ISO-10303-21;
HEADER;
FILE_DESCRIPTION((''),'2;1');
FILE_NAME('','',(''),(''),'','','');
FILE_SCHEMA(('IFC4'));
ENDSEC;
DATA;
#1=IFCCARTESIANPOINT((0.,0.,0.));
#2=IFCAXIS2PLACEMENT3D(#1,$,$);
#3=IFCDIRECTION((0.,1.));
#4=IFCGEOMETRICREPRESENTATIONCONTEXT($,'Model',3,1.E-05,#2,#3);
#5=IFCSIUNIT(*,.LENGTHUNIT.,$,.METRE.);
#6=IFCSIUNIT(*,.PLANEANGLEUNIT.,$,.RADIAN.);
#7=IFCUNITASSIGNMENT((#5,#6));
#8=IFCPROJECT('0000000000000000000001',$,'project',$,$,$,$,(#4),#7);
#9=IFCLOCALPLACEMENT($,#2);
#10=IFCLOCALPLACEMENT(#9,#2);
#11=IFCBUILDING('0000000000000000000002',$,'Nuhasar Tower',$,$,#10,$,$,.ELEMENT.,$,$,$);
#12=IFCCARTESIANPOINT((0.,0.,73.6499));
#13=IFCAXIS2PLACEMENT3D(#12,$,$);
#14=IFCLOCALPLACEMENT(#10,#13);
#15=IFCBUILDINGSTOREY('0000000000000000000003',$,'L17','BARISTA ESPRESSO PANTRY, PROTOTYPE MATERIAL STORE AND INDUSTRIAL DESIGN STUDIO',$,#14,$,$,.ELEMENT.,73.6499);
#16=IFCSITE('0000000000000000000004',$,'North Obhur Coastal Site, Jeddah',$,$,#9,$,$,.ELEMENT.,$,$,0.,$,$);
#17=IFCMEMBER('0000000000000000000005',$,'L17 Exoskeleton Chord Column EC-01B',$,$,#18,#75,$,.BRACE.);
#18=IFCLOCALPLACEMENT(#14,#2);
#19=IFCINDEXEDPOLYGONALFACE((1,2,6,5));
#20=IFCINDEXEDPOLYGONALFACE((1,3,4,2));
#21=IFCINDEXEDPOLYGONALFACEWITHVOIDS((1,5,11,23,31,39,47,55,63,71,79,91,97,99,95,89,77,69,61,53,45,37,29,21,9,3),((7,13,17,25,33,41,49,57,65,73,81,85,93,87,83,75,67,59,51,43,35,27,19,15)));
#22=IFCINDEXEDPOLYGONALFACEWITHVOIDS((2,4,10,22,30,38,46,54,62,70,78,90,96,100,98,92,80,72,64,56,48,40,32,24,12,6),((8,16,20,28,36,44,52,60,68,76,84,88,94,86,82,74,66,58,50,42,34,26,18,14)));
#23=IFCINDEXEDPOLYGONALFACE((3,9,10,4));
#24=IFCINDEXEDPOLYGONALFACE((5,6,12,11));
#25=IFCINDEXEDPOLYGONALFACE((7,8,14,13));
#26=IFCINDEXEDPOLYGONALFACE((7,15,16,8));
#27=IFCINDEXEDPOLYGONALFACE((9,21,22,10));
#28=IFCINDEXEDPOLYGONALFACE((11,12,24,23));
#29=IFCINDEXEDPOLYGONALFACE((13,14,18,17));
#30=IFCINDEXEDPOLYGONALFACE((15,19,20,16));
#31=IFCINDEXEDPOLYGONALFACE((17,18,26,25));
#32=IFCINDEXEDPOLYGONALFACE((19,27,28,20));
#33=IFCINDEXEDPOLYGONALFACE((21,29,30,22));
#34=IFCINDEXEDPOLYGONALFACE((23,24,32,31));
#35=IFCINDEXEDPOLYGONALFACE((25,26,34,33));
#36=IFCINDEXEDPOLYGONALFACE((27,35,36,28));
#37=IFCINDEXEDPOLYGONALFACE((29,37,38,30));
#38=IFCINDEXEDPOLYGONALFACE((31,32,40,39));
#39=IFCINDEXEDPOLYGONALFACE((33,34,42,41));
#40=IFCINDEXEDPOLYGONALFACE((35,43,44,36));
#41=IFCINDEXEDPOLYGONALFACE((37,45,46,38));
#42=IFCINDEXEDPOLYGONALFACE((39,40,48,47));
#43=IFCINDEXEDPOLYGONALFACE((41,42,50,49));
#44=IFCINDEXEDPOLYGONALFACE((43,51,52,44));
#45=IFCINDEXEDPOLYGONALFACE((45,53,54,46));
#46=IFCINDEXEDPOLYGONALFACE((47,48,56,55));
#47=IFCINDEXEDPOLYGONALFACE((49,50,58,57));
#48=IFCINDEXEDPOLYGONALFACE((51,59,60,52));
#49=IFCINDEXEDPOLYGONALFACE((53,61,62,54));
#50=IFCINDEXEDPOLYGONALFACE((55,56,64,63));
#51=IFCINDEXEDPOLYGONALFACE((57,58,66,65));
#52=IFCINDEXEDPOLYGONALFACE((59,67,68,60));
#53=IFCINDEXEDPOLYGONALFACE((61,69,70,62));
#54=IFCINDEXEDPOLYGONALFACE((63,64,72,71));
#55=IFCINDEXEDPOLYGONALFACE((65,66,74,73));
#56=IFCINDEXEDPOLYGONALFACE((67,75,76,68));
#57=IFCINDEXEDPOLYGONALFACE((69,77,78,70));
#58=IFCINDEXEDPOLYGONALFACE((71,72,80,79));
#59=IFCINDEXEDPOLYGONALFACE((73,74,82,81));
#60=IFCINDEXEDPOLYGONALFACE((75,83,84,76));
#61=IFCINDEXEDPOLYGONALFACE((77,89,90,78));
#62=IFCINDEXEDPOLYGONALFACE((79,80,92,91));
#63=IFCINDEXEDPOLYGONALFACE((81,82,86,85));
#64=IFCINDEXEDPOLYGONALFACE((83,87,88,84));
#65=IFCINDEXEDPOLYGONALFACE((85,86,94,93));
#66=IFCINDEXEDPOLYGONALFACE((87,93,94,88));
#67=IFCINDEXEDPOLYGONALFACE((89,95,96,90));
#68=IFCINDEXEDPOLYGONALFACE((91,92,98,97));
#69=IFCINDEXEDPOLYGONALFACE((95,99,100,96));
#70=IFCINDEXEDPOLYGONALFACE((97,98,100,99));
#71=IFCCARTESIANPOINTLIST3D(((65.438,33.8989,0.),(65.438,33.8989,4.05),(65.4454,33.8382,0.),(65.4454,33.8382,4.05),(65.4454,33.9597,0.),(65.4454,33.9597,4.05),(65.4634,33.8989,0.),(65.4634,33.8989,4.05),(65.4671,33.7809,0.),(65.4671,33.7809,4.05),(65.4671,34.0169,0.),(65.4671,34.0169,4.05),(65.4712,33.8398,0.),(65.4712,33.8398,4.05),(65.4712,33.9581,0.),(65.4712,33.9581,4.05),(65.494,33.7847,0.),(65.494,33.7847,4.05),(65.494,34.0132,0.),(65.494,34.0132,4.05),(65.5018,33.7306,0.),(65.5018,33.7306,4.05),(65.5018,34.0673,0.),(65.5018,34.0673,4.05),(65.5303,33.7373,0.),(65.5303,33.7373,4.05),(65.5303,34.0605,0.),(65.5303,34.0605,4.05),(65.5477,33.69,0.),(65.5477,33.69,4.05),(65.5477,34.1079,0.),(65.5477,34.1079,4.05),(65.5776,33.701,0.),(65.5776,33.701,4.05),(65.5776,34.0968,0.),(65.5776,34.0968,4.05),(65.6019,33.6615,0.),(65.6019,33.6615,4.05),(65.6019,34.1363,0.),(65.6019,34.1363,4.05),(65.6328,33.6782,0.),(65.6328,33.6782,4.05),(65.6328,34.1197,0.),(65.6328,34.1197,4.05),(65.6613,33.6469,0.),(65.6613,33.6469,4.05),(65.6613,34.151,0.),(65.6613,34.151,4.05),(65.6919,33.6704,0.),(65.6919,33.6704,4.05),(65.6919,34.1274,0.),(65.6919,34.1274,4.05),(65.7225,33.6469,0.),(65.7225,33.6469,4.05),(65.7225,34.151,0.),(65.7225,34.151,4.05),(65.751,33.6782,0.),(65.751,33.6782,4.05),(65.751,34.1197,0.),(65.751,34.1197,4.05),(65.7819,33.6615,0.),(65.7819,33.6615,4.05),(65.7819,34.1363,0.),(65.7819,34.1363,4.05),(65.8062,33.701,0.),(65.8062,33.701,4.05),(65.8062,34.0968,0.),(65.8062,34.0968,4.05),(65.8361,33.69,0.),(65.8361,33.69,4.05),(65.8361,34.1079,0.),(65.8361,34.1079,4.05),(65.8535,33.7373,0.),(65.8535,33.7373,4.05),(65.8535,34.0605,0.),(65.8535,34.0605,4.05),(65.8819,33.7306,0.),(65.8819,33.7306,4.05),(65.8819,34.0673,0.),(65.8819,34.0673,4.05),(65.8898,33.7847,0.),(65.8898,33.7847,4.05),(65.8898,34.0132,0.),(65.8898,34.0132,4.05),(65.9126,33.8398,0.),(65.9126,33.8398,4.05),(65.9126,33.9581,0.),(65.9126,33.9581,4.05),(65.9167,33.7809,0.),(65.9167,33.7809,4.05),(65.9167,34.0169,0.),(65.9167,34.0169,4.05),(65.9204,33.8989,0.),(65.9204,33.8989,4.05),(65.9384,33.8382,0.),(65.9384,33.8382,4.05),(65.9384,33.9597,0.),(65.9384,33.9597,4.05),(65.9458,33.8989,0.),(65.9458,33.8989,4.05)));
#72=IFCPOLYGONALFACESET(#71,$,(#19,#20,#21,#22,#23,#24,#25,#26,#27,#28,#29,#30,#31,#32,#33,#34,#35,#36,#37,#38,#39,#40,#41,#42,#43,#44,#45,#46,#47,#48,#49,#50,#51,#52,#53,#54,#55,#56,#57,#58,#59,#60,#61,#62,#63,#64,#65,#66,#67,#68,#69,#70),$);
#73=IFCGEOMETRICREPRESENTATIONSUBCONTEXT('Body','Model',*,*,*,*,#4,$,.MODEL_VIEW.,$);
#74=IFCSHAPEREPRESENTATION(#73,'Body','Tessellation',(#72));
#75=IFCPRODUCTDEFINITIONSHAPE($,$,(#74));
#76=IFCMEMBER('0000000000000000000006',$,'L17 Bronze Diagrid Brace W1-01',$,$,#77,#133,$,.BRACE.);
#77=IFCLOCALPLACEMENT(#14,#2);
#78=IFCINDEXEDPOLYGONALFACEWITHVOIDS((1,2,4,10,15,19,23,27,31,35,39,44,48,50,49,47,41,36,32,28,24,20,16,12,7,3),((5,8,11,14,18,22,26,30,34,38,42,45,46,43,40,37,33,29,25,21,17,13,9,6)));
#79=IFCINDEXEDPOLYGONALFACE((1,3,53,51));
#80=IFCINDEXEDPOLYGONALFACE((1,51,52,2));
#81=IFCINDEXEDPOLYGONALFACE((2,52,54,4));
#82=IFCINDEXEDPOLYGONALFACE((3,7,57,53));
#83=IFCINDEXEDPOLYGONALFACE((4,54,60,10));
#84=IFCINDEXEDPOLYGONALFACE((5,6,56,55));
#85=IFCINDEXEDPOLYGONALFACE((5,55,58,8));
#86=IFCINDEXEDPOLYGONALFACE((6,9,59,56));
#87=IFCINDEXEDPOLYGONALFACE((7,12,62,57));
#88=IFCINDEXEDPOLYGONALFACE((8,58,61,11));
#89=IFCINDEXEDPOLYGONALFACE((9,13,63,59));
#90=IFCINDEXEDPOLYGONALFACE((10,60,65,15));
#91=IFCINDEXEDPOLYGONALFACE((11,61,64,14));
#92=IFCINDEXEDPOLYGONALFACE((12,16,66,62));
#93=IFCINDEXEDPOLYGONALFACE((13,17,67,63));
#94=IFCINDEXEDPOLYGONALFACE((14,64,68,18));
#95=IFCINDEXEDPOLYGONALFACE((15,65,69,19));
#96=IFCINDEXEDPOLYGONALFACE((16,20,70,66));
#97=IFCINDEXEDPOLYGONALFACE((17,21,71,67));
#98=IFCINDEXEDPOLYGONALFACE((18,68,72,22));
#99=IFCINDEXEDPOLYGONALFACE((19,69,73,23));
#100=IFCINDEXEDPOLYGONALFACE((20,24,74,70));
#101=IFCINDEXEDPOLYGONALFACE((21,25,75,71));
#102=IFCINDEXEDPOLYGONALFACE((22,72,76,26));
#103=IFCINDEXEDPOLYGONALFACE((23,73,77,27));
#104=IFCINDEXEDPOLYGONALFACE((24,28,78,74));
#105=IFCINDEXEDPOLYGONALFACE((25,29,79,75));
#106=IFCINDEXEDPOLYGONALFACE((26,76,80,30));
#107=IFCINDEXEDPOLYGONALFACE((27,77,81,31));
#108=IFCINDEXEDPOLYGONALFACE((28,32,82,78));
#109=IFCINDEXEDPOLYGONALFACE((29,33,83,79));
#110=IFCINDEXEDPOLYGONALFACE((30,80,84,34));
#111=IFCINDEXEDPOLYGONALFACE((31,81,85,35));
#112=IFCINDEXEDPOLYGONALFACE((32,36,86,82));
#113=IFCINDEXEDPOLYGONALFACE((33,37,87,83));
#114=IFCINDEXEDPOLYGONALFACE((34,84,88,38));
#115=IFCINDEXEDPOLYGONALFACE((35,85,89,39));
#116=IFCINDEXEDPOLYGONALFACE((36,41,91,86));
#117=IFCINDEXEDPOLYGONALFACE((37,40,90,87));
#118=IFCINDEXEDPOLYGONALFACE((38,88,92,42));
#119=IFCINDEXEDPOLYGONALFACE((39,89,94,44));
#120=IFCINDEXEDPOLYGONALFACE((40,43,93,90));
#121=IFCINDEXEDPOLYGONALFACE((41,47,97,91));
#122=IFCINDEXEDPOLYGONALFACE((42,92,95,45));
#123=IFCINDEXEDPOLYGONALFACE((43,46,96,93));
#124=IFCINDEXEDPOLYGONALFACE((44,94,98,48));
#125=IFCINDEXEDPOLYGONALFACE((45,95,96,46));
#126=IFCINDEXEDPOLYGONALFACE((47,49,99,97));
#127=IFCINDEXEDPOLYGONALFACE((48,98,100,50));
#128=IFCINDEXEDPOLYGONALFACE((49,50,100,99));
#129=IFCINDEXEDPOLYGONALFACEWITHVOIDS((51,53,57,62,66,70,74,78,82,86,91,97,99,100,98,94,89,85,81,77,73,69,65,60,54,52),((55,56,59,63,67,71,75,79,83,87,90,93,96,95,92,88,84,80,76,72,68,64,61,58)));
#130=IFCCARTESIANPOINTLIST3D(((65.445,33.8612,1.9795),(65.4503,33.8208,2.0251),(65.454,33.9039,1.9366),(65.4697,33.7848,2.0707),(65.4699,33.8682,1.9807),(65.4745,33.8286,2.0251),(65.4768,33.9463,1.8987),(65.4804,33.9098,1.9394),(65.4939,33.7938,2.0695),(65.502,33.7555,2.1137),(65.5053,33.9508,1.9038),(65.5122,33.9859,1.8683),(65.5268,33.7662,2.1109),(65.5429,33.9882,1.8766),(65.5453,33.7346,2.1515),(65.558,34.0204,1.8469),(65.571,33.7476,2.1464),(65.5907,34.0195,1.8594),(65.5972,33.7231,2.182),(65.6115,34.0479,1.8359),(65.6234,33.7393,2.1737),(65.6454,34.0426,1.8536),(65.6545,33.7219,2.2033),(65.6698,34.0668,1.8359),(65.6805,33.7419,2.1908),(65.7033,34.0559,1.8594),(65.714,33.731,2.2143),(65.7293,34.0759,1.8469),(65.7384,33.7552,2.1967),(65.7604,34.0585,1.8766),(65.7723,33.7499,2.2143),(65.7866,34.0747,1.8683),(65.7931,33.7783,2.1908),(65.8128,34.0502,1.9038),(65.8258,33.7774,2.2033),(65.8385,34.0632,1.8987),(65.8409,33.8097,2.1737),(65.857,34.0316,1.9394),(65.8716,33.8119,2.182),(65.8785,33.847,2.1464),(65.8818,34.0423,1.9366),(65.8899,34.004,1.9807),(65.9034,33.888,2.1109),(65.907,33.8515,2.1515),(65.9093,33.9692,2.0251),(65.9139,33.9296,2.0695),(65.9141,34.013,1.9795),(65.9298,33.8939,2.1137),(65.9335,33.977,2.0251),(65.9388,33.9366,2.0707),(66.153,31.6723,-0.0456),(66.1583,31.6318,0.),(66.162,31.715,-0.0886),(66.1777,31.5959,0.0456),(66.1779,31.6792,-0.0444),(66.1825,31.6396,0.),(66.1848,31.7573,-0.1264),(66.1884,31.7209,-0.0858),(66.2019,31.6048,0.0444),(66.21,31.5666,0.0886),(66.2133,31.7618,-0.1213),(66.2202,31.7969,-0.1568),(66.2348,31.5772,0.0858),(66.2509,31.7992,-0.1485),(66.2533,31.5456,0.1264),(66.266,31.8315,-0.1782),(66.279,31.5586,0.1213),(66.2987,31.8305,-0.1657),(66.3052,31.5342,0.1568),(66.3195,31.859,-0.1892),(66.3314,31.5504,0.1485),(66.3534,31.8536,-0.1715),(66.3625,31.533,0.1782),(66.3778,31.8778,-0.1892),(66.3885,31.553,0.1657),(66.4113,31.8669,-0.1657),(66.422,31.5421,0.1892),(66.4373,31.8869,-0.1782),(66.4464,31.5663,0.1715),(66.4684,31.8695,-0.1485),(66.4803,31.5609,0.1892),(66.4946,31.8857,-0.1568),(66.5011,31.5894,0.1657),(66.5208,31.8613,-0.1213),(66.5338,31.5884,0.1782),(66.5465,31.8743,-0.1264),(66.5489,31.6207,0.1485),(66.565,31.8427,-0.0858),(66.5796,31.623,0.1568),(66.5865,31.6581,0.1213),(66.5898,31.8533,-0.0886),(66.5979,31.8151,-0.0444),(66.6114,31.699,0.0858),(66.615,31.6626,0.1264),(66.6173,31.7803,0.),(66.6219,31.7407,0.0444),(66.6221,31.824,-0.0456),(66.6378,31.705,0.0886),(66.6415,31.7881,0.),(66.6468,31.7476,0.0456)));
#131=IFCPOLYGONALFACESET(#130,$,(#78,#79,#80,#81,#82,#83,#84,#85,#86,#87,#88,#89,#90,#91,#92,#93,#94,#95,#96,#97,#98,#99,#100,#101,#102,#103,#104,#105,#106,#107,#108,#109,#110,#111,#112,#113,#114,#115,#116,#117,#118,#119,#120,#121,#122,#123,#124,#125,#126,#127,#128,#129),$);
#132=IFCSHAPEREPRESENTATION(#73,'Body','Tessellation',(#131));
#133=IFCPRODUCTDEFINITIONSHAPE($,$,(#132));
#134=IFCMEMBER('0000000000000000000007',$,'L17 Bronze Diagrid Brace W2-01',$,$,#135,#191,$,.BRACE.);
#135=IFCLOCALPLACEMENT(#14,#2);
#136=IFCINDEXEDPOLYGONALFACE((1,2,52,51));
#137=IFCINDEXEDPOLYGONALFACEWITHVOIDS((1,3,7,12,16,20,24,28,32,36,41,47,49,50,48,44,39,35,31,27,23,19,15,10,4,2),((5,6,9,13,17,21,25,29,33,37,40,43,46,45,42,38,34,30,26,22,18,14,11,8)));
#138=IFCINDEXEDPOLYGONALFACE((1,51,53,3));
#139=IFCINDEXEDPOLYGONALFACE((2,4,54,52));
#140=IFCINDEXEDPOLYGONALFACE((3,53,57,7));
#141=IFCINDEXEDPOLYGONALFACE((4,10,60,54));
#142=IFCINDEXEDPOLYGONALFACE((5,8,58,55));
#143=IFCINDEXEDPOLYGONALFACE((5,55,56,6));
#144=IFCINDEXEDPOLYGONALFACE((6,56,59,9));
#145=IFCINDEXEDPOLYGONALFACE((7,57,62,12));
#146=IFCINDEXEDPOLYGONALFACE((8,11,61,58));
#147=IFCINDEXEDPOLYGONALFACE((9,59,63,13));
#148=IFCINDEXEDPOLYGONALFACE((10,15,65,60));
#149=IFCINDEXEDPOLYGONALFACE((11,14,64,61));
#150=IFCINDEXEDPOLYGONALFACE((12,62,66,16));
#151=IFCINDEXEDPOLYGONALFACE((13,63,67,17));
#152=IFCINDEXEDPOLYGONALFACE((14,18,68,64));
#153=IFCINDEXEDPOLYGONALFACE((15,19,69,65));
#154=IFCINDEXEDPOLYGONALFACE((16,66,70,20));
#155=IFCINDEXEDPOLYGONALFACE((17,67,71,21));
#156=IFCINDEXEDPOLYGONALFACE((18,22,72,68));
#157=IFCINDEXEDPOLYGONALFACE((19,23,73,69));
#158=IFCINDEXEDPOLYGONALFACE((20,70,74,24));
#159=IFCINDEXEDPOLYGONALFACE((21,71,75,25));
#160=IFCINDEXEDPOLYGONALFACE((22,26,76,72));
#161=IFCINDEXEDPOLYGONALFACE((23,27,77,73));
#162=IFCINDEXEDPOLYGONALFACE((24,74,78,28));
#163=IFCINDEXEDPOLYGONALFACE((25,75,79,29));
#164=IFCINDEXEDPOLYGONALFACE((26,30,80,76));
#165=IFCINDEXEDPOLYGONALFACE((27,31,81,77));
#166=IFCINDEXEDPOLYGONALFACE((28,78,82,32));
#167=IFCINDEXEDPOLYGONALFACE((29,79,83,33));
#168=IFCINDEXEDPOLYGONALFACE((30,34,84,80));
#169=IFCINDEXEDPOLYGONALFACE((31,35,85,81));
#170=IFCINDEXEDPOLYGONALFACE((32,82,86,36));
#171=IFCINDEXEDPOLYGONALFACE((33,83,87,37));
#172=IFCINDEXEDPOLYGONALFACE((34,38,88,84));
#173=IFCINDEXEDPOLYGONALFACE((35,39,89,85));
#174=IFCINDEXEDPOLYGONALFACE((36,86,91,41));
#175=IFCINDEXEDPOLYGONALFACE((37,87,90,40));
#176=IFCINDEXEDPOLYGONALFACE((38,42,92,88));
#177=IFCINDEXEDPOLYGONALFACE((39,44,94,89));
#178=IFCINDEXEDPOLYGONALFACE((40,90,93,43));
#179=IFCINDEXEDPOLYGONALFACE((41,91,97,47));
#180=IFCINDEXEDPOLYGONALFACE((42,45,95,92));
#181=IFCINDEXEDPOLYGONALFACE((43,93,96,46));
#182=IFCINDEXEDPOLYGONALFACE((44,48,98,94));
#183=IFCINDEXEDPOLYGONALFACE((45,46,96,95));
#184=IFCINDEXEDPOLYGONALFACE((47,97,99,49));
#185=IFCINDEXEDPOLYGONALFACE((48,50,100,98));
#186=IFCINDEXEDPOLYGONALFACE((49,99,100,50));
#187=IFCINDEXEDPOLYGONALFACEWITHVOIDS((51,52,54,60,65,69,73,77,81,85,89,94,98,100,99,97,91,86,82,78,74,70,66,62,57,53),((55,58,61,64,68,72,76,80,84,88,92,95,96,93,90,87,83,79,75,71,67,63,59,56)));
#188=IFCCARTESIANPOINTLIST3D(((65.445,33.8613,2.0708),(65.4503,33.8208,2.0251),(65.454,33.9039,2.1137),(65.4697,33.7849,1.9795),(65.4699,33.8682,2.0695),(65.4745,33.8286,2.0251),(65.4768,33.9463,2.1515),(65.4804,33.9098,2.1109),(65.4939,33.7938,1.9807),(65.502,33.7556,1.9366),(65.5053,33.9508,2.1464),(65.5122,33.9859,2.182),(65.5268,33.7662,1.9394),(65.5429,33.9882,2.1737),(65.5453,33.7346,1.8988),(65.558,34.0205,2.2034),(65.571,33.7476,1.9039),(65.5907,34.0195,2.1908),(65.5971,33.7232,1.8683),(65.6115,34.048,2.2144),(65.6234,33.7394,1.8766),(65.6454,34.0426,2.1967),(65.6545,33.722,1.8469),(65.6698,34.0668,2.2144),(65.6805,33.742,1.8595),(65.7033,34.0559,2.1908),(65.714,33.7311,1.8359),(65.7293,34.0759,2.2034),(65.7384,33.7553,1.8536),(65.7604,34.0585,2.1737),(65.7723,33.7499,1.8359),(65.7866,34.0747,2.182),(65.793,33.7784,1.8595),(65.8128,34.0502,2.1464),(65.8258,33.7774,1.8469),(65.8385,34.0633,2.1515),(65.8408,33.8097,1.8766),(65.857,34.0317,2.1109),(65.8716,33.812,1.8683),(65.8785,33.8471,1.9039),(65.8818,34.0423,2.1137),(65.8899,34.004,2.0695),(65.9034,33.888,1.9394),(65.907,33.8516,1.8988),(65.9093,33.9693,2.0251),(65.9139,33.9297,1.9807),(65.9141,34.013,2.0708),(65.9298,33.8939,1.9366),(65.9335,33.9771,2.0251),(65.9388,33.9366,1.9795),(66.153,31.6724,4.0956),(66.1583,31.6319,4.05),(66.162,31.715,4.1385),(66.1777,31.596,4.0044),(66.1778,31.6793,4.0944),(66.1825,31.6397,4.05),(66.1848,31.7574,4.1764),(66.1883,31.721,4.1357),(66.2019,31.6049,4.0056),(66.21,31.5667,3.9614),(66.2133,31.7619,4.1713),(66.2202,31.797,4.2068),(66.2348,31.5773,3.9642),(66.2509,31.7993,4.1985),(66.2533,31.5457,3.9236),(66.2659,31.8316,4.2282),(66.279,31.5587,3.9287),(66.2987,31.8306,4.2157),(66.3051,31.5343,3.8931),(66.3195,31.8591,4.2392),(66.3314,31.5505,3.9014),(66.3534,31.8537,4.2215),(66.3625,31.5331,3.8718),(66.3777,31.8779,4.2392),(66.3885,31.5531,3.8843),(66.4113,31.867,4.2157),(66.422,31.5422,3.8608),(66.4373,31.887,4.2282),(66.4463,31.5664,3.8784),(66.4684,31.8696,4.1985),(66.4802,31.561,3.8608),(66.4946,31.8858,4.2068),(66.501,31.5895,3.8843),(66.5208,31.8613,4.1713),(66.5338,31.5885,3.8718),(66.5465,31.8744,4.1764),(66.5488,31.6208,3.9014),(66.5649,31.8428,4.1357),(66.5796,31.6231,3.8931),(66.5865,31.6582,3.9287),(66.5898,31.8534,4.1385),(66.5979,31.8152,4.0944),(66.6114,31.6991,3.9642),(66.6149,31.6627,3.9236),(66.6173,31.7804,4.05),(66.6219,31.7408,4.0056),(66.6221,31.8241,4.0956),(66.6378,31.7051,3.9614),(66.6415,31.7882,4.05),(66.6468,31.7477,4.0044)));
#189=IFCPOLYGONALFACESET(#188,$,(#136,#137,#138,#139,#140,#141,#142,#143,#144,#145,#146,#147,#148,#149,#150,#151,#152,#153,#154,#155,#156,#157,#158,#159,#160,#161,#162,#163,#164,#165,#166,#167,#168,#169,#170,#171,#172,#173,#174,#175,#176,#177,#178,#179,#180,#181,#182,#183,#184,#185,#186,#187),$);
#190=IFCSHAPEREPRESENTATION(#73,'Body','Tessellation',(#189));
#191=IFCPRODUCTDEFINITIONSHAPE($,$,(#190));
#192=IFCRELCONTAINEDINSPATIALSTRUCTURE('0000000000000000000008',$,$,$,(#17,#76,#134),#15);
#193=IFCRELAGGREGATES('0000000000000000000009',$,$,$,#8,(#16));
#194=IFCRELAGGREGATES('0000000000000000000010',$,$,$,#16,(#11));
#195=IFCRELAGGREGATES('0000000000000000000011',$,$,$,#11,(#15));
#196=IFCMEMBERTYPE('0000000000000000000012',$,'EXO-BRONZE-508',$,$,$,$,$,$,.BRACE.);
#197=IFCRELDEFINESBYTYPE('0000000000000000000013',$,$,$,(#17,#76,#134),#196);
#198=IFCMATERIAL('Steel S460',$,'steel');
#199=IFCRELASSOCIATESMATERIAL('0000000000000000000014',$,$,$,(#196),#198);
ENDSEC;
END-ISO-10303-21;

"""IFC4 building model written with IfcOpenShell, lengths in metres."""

from ifc_helpers import new_model, si_unit, direction, frame, origin, origin_2d, place, context, subcontext, project, spatial, hollow_circle, extrude, material, material_profile, profile_set, type_object, element, save


model = new_model("IFC4")

# Units and contexts
model_context = context("Model", 3, precision=1e-05, world=origin(), true_north=direction((0.0, 1.0)))
body_context = subcontext(model_context, "Body", "Model", "MODEL_VIEW")
ifc_project = project(units=[si_unit("LENGTHUNIT", "METRE"), si_unit("PLANEANGLEUNIT", "RADIAN")], contexts=[model_context])

# Site, building, storey
site_placement = place(None, origin())
site = spatial("IfcSite", under=ifc_project, at=site_placement, Name="North Obhur Coastal Site, Jeddah", CompositionType="ELEMENT", RefElevation=0.0)
building_placement = place(site_placement, origin())
building = spatial("IfcBuilding", under=site, at=building_placement, Name="Nuhasar Tower", CompositionType="ELEMENT")
storey_placement = place(building_placement, frame((0.0, 0.0, 73.6499)))
storey = spatial("IfcBuildingStorey", under=building, at=storey_placement, Name="L17", Description="BARISTA ESPRESSO PANTRY, PROTOTYPE MATERIAL STORE AND INDUSTRIAL DESIGN STUDIO", CompositionType="ELEMENT", Elevation=73.6499)

# Members
ifc_material_1 = material(Name="Steel S460", Category="steel")
ifc_material_profile_1 = material_profile(ifc_material_1, hollow_circle(Radius=0.2539, WallThickness=0.0254, at=origin_2d()), Name="HSS508X25.4")
ifc_profile_set_1 = profile_set([ifc_material_profile_1], Name="Steel S460")
member_type_1 = type_object("IfcMemberType", Name="EXO-BRONZE-508", PredefinedType="BRACE", material=ifc_profile_set_1)
for number, where, z_axis, x_axis, name in (
    (1, (65.6919, 33.8989, 0.0), (0.0, 0.0, 1.0), (1.0, 0.0, 0.0), "L17 Exoskeleton Chord Column EC-01B"),
):
    element("IfcMember", number, at=place(storey_placement, frame(where, z_axis=z_axis, x_axis=x_axis)), inside=storey, type_object=member_type_1, Name=name, PredefinedType="BRACE", context=body_context, shape_type="SweptSolid", body=[
        extrude(hollow_circle(Radius=0.2539, WallThickness=0.0254, at=origin_2d()), origin(), (0.0, 0.0, 1.0), 4.05),
    ])
member_1_placement = place(storey_placement, frame((66.3999, 31.71, 0.0), z_axis=(-0.231, 0.714187, 0.660739), x_axis=(-0.951468, -0.307747, 0.0)))
element("IfcMember", 2, at=member_1_placement, inside=storey, type_object=member_type_1, Name="L17 Bronze Diagrid Brace W1-01", PredefinedType="BRACE", context=body_context, shape_type="SweptSolid", body=[
    extrude(hollow_circle(Radius=0.2539, WallThickness=0.0254, at=origin_2d()), origin(), (0.0, 0.0, 1.0), 3.0649),
])
member_2_placement = place(storey_placement, frame((65.6919, 33.8989, 2.0251), z_axis=(0.231012, -0.714225, 0.660694), x_axis=(0.951468, 0.307747, 0.0)))
element("IfcMember", 3, at=member_2_placement, inside=storey, type_object=member_type_1, Name="L17 Bronze Diagrid Brace W2-01", PredefinedType="BRACE", context=body_context, shape_type="SweptSolid", body=[
    extrude(hollow_circle(Radius=0.2539, WallThickness=0.0254, at=origin_2d()), origin(), (0.0, 0.0, 1.0), 3.0647),
])

save(model, "model.ifc")
